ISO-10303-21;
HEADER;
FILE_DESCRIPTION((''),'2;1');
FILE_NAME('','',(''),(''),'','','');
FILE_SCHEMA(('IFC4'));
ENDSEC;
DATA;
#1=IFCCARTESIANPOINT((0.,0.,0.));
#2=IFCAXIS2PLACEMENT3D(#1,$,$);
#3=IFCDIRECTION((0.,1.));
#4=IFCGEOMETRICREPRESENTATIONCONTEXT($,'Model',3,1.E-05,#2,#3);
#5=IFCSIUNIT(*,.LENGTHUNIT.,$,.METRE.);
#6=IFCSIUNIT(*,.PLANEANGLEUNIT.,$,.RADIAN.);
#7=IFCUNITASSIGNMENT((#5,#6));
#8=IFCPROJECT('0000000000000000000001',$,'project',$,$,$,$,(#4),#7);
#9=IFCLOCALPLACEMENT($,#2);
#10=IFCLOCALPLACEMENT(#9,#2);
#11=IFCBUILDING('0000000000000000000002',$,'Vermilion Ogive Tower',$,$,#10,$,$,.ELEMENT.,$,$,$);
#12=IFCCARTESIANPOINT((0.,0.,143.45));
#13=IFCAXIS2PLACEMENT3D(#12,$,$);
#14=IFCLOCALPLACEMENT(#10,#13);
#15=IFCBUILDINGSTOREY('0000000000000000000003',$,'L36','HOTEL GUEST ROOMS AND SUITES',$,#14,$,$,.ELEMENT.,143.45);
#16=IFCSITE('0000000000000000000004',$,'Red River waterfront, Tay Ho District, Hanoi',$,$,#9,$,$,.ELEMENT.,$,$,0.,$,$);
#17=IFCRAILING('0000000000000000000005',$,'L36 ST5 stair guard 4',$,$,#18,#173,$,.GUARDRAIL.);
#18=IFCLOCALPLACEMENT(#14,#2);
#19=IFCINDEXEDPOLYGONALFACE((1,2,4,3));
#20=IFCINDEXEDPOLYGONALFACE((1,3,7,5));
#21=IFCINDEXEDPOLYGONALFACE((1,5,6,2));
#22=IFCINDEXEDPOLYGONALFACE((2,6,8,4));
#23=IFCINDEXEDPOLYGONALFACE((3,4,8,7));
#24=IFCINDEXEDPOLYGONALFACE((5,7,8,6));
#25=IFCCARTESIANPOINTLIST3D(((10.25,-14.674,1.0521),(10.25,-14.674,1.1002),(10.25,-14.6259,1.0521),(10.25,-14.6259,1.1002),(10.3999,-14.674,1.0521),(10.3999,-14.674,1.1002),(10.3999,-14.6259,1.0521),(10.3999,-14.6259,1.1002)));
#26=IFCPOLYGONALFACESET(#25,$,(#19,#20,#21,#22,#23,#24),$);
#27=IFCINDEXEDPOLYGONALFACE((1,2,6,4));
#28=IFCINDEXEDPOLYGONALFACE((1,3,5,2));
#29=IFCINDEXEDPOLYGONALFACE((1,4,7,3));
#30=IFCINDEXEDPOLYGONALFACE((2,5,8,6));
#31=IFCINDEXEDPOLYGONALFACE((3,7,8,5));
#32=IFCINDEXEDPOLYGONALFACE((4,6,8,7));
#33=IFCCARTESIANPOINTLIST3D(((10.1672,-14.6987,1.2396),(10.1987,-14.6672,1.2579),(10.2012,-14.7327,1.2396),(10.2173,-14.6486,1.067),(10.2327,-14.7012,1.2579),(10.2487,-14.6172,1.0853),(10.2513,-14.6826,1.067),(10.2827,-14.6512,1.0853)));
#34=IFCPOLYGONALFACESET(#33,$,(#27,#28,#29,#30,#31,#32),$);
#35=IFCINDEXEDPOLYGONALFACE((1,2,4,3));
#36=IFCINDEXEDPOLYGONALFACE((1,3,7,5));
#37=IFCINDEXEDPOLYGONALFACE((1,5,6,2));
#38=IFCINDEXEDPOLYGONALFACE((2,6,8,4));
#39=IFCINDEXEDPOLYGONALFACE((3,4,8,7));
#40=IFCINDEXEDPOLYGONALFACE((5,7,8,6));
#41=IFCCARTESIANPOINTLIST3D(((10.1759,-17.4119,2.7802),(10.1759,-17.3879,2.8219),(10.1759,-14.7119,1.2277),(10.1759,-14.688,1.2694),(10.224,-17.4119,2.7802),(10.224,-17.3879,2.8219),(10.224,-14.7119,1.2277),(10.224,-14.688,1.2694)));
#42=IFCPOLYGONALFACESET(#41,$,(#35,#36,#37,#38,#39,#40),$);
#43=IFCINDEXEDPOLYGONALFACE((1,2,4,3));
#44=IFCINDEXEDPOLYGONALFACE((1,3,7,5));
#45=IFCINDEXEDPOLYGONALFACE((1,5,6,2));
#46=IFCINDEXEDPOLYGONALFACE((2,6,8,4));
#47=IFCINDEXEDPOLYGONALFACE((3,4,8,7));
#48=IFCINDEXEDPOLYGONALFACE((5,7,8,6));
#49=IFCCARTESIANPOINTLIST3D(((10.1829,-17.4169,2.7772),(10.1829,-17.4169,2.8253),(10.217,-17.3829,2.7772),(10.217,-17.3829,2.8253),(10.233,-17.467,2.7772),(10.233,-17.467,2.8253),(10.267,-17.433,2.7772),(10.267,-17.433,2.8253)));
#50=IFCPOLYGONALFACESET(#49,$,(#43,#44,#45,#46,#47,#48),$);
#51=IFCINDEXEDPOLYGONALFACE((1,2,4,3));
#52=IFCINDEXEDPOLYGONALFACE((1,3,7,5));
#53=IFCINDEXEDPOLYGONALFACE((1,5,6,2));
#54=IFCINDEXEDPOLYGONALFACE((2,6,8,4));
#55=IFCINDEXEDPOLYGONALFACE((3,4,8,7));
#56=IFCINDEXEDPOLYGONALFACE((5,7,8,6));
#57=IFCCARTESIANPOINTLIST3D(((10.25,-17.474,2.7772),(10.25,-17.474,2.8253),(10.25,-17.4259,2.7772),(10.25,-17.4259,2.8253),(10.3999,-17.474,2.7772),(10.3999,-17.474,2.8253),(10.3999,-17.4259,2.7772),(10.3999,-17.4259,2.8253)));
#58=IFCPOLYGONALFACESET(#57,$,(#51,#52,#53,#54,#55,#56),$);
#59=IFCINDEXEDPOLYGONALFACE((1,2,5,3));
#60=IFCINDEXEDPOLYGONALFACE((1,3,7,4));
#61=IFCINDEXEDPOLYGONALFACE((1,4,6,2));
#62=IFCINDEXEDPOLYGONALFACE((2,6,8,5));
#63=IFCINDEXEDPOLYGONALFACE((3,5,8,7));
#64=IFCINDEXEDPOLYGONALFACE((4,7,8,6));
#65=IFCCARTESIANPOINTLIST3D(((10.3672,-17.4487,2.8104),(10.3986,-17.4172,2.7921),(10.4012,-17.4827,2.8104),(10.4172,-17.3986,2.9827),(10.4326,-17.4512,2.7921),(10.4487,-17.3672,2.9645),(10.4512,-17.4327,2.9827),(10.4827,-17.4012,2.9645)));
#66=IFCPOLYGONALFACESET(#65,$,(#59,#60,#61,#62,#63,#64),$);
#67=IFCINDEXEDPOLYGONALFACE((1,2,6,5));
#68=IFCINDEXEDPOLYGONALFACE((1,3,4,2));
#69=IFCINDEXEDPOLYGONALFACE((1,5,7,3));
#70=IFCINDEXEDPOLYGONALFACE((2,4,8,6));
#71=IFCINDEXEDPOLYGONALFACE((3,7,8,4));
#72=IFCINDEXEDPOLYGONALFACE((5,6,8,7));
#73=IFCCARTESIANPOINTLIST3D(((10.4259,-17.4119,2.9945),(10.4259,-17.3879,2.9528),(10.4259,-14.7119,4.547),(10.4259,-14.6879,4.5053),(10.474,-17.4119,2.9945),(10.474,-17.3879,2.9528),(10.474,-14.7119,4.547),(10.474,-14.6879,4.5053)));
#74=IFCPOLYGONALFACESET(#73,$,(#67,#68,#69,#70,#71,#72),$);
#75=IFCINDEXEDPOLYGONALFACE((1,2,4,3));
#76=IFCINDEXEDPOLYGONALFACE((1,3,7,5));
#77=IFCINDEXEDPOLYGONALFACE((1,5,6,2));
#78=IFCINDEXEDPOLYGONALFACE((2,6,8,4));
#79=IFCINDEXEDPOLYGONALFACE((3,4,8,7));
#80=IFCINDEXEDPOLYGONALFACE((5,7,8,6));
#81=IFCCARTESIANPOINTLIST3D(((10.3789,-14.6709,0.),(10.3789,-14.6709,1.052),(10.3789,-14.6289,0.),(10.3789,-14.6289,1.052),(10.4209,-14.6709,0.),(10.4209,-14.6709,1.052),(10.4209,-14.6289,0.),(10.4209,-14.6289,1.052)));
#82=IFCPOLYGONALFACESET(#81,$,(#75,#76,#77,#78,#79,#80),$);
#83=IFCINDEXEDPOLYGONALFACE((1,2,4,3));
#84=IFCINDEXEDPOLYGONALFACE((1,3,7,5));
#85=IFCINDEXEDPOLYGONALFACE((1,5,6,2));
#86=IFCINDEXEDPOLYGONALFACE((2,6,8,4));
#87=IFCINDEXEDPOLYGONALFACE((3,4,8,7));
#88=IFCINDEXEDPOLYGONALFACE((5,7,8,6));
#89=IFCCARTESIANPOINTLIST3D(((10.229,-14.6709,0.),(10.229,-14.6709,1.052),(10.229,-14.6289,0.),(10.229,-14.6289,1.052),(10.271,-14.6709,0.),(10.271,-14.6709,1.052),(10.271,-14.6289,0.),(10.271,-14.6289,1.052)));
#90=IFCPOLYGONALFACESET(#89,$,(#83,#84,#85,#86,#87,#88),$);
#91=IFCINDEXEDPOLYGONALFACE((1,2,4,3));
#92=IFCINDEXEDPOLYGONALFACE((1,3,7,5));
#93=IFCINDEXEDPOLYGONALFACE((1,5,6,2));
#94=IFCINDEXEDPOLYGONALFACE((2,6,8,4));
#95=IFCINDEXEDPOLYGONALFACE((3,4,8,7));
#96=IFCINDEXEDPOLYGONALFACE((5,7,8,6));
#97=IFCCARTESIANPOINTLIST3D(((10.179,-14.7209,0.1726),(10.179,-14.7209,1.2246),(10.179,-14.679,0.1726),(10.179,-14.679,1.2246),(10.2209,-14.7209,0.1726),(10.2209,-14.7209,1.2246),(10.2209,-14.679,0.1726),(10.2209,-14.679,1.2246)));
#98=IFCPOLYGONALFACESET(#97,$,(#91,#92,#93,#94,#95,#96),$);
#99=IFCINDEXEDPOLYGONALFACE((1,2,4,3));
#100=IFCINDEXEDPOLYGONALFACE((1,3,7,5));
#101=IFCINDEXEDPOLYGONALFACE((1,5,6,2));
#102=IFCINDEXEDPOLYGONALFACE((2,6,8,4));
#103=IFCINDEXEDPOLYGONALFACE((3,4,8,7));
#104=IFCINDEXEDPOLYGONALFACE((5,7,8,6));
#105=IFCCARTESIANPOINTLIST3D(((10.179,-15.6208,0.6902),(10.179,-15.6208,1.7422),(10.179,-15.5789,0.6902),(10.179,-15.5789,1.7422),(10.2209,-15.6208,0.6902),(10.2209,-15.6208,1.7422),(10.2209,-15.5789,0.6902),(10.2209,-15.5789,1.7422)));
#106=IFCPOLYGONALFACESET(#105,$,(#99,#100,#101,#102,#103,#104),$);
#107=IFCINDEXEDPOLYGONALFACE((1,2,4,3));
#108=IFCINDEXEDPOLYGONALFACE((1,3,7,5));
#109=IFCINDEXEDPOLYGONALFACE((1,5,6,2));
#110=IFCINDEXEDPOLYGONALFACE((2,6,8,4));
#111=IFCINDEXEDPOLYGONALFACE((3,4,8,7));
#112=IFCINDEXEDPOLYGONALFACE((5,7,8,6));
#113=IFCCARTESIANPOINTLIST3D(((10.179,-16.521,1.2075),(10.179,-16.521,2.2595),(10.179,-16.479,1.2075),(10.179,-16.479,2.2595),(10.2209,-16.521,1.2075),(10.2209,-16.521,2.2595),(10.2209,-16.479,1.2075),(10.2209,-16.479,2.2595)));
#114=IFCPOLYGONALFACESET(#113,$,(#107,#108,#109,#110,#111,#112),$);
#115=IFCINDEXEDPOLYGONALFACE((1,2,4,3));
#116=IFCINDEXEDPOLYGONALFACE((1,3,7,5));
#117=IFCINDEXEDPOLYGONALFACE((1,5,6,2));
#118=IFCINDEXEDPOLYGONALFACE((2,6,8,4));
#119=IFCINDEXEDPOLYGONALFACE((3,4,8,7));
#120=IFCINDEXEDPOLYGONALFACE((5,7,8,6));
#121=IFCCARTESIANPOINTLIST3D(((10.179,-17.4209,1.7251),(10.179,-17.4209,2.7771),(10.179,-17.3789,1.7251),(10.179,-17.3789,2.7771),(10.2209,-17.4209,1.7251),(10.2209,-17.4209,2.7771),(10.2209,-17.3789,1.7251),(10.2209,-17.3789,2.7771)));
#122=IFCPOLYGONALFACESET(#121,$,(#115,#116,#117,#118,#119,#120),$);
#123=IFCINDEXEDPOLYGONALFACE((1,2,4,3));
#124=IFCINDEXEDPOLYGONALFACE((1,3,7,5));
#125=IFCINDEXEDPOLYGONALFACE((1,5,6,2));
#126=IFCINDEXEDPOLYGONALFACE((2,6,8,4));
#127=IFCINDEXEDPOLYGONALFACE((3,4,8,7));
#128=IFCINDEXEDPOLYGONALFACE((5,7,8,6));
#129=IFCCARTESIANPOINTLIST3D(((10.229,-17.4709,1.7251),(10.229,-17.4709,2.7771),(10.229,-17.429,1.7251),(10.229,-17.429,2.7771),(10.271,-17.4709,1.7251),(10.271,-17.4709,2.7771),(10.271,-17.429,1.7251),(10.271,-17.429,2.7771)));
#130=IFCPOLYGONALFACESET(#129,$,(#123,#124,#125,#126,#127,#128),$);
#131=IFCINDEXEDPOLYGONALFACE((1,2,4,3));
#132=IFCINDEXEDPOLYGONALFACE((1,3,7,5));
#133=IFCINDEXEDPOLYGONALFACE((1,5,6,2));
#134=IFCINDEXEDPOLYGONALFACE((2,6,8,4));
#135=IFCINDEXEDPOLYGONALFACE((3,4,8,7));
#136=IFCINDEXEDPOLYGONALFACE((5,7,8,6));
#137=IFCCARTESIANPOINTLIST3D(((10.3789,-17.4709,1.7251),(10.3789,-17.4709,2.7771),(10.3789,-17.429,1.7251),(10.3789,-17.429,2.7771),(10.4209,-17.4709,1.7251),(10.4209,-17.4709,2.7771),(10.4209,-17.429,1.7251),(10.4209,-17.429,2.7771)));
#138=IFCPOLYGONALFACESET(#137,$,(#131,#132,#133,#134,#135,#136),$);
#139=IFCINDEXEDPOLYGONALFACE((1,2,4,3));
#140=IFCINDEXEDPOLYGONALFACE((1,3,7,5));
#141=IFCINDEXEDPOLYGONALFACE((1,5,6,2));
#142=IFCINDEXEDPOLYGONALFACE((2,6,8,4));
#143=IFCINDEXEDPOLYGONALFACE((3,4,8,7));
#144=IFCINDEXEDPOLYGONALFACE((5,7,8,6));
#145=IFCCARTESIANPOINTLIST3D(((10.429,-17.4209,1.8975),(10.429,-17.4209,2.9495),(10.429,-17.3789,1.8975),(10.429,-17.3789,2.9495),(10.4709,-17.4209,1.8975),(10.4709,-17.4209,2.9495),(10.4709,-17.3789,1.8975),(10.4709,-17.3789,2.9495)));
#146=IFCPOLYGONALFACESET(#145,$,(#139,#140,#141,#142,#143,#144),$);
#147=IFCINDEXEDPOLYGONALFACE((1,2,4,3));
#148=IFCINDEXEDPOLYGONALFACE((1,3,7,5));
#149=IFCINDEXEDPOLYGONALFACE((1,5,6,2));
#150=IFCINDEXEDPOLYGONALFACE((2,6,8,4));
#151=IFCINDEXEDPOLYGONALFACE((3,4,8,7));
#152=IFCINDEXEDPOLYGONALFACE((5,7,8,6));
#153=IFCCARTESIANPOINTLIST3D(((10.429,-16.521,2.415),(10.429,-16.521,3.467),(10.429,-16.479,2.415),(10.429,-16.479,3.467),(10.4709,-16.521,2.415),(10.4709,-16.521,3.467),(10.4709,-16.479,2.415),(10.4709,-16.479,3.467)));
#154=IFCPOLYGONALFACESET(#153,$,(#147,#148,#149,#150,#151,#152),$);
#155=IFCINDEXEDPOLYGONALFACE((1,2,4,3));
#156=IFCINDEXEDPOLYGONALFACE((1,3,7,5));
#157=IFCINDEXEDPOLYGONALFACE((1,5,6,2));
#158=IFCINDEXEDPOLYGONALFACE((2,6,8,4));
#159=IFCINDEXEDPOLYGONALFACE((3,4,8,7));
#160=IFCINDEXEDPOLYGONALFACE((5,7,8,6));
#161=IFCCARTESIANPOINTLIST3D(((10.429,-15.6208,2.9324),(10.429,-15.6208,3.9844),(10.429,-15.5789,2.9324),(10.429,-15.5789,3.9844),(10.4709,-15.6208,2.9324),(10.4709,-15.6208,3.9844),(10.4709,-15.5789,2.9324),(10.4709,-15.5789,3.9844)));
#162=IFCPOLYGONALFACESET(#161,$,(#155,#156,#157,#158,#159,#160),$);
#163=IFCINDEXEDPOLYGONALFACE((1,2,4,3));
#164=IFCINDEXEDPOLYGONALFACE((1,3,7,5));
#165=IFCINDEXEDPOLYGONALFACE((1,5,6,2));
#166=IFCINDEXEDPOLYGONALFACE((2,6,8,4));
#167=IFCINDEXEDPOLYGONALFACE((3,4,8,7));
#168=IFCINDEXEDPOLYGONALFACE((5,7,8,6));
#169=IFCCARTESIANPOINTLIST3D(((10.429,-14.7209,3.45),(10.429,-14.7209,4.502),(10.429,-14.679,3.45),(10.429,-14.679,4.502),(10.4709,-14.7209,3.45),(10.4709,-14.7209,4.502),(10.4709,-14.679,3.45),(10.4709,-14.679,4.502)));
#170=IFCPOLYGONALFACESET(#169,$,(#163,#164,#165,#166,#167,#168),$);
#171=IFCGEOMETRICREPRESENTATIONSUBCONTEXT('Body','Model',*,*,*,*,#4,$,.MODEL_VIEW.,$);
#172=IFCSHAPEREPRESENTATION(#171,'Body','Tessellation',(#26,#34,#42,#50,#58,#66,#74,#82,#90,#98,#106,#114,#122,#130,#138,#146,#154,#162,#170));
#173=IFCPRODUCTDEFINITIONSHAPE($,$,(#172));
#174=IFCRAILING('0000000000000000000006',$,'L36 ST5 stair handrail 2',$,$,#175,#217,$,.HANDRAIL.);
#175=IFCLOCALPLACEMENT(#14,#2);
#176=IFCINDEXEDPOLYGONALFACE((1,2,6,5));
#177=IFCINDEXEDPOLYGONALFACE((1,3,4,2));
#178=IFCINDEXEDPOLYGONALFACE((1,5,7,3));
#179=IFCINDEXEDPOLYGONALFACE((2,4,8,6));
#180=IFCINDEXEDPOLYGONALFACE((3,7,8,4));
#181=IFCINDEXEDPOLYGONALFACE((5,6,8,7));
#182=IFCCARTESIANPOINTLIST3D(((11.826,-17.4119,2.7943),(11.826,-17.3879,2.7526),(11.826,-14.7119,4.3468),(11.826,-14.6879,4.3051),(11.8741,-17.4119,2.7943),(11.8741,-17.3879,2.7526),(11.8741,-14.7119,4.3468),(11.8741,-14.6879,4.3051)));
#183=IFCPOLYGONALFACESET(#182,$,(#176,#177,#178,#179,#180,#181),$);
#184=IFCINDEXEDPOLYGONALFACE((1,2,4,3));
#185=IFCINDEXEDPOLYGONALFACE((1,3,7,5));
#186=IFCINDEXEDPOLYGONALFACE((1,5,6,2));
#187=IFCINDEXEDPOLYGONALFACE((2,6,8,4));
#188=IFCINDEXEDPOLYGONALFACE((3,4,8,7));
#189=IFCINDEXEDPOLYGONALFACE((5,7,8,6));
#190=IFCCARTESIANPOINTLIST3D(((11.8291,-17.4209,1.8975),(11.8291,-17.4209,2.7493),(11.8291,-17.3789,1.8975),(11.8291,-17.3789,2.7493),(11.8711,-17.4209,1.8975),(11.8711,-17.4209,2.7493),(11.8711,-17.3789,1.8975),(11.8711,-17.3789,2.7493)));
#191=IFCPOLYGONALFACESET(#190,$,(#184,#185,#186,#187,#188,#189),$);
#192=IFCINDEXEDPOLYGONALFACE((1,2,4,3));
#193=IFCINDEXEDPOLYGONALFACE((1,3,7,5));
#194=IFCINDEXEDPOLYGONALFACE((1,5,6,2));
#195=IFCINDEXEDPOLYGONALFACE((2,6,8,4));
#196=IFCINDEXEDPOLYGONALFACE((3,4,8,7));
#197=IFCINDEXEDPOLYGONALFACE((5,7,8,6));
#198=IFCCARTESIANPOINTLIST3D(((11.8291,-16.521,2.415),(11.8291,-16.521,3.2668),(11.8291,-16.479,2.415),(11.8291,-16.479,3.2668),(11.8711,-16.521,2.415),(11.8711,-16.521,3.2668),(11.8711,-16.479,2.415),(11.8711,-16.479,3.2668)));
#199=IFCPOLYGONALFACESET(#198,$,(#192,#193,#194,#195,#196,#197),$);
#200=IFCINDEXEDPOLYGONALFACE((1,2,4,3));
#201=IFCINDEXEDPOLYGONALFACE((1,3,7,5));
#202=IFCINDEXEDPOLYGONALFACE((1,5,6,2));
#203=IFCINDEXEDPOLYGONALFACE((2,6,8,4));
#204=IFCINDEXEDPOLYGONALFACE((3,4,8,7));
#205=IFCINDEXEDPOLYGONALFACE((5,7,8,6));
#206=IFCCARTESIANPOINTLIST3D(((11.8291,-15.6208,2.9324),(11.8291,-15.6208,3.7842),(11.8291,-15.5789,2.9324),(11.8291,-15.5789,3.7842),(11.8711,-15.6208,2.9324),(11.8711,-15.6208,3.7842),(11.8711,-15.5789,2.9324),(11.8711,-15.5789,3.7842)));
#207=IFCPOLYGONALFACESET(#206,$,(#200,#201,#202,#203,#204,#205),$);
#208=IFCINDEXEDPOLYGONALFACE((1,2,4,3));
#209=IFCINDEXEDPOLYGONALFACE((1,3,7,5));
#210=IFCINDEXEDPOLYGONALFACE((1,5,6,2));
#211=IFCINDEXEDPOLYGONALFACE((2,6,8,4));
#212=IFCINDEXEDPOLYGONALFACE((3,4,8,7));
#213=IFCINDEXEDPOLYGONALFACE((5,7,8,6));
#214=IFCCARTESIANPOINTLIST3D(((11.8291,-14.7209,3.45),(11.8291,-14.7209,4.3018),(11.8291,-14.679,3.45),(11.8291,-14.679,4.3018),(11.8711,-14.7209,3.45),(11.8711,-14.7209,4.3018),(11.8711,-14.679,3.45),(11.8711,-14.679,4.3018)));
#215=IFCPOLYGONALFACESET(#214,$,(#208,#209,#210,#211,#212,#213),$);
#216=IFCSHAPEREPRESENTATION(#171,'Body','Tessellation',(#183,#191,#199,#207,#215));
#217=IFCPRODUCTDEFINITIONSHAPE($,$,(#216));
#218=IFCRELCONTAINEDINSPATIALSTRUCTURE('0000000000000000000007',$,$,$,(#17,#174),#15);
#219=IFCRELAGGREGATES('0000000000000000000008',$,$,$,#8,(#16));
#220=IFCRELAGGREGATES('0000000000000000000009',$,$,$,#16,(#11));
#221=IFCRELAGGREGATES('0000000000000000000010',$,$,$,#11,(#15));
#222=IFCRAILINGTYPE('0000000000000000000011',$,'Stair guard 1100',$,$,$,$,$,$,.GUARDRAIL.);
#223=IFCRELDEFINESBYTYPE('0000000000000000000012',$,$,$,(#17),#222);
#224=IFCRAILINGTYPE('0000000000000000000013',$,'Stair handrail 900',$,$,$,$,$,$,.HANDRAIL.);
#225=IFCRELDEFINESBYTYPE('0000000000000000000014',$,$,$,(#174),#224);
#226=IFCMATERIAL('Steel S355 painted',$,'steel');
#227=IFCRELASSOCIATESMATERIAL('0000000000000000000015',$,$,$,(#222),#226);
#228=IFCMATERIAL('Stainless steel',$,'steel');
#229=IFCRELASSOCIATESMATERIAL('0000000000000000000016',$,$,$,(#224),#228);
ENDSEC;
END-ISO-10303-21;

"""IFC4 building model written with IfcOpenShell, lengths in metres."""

from ifc_helpers import new_model, si_unit, direction, frame, origin, origin_2d, place, context, subcontext, project, spatial, rectangle, extrude, material, type_object, element, save


model = new_model("IFC4")

# Units and contexts
model_context = context("Model", 3, precision=1e-05, world=origin(), true_north=direction((0.0, 1.0)))
body_context = subcontext(model_context, "Body", "Model", "MODEL_VIEW")
ifc_project = project(units=[si_unit("LENGTHUNIT", "METRE"), si_unit("PLANEANGLEUNIT", "RADIAN")], contexts=[model_context])

# Site, building, storey
site_placement = place(None, origin())
site = spatial("IfcSite", under=ifc_project, at=site_placement, Name="Red River waterfront, Tay Ho District, Hanoi", CompositionType="ELEMENT", RefElevation=0.0)
building_placement = place(site_placement, origin())
building = spatial("IfcBuilding", under=site, at=building_placement, Name="Vermilion Ogive Tower", CompositionType="ELEMENT")
storey_placement = place(building_placement, frame((0.0, 0.0, 143.45)))
storey = spatial("IfcBuildingStorey", under=building, at=storey_placement, Name="L36", Description="HOTEL GUEST ROOMS AND SUITES", CompositionType="ELEMENT", Elevation=143.45)

# Railings
ifc_material_1 = material(Name="Steel S355 painted", Category="steel")
railing_type_1 = type_object("IfcRailingType", Name="Stair guard 1100", PredefinedType="GUARDRAIL", material=ifc_material_1)
railing_1_placement = place(storey_placement, frame((10.3999, -14.6499, 0.0)))
element("IfcRailing", 1, at=railing_1_placement, inside=storey, type_object=railing_type_1, Name="L36 ST5 stair guard 4", PredefinedType="GUARDRAIL", context=body_context, shape_type="SweptSolid", body=[
    extrude(rectangle(XDim=0.0481, YDim=0.0481, at=origin_2d()), frame((0.0, 0.0, 1.0762), z_axis=(-1.0, 0.0, 0.0), x_axis=(0.0, -1.0, 0.0)), (0.0, 0.0, 1.0), 0.1499),
    extrude(rectangle(XDim=0.0481, YDim=0.0481, at=origin_2d()), frame((-0.1499, 0.0, 1.0762), z_axis=(-0.268278, -0.268278, 0.925232), x_axis=(0.707107, -0.707107, 0.0)), (0.0, 0.0, 1.0), 0.1865),
    extrude(rectangle(XDim=0.0481, YDim=0.0481, at=origin_2d()), frame((-0.2, -0.05, 1.2485), z_axis=(0.0, -0.866904, 0.498476), x_axis=(1.0, 0.0, 0.0)), (0.0, 0.0, 1.0), 3.1145),
    extrude(rectangle(XDim=0.0481, YDim=0.0481, at=origin_2d()), frame((-0.2, -2.75, 2.8013), z_axis=(0.707107, -0.707107, 0.0), x_axis=(0.707107, 0.707107, 0.0)), (0.0, 0.0, 1.0), 0.0708),
    extrude(rectangle(XDim=0.0481, YDim=0.0481, at=origin_2d()), frame((-0.1499, -2.8, 2.8013), z_axis=(1.0, 0.0, 0.0), x_axis=(0.0, 1.0, 0.0)), (0.0, 0.0, 1.0), 0.1499),
    extrude(rectangle(XDim=0.0481, YDim=0.0481, at=origin_2d()), frame((0.0, -2.8, 2.8013), z_axis=(0.268603, 0.268603, 0.925043), x_axis=(-0.707107, 0.707107, 0.0)), (0.0, 0.0, 1.0), 0.1863),
    extrude(rectangle(XDim=0.0481, YDim=0.0481, at=origin_2d()), frame((0.05, -2.75, 2.9736), z_axis=(0.0, 0.866904, 0.498476), x_axis=(-1.0, 0.0, 0.0)), (0.0, 0.0, 1.0), 3.1145),
    extrude(rectangle(XDim=0.042, YDim=0.042, at=origin_2d()), origin(), (0.0, 0.0, 1.0), 1.052),
    extrude(rectangle(XDim=0.042, YDim=0.042, at=origin_2d()), frame((-0.1499, 0.0, 0.0)), (0.0, 0.0, 1.0), 1.052),
    extrude(rectangle(XDim=0.042, YDim=0.042, at=origin_2d()), frame((-0.2, -0.05, 0.1726)), (0.0, 0.0, 1.0), 1.052),
    extrude(rectangle(XDim=0.042, YDim=0.042, at=origin_2d()), frame((-0.2, -0.95, 0.6902)), (0.0, 0.0, 1.0), 1.052),
    extrude(rectangle(XDim=0.042, YDim=0.042, at=origin_2d()), frame((-0.2, -1.8501, 1.2075)), (0.0, 0.0, 1.0), 1.052),
    extrude(rectangle(XDim=0.042, YDim=0.042, at=origin_2d()), frame((-0.2, -2.75, 1.7251)), (0.0, 0.0, 1.0), 1.052),
    extrude(rectangle(XDim=0.042, YDim=0.042, at=origin_2d()), frame((-0.1499, -2.8, 1.7251)), (0.0, 0.0, 1.0), 1.052),
    extrude(rectangle(XDim=0.042, YDim=0.042, at=origin_2d()), frame((0.0, -2.8, 1.7251)), (0.0, 0.0, 1.0), 1.052),
    extrude(rectangle(XDim=0.042, YDim=0.042, at=origin_2d()), frame((0.05, -2.75, 1.8975)), (0.0, 0.0, 1.0), 1.052),
    extrude(rectangle(XDim=0.042, YDim=0.042, at=origin_2d()), frame((0.05, -1.8501, 2.415)), (0.0, 0.0, 1.0), 1.052),
    extrude(rectangle(XDim=0.042, YDim=0.042, at=origin_2d()), frame((0.05, -0.95, 2.9324)), (0.0, 0.0, 1.0), 1.052),
    extrude(rectangle(XDim=0.042, YDim=0.042, at=origin_2d()), frame((0.05, -0.05, 3.45)), (0.0, 0.0, 1.0), 1.052),
])
ifc_material_2 = material(Name="Stainless steel", Category="steel")
railing_type_2 = type_object("IfcRailingType", Name="Stair handrail 900", PredefinedType="HANDRAIL", material=ifc_material_2)
railing_2_placement = place(storey_placement, frame((11.8501, -17.3999, 1.8975)))
element("IfcRailing", 2, at=railing_2_placement, inside=storey, type_object=railing_type_2, Name="L36 ST5 stair handrail 2", PredefinedType="HANDRAIL", context=body_context, shape_type="SweptSolid", body=[
    extrude(rectangle(XDim=0.0481, YDim=0.0481, at=origin_2d()), frame((0.0, 0.0, 0.876), z_axis=(0.0, 0.866904, 0.498476), x_axis=(-1.0, 0.0, 0.0)), (0.0, 0.0, 1.0), 3.1145),
    extrude(rectangle(XDim=0.042, YDim=0.042, at=origin_2d()), origin(), (0.0, 0.0, 1.0), 0.8518),
    extrude(rectangle(XDim=0.042, YDim=0.042, at=origin_2d()), frame((0.0, 0.8999, 0.5176)), (0.0, 0.0, 1.0), 0.8518),
    extrude(rectangle(XDim=0.042, YDim=0.042, at=origin_2d()), frame((0.0, 1.8, 1.0349)), (0.0, 0.0, 1.0), 0.8518),
    extrude(rectangle(XDim=0.042, YDim=0.042, at=origin_2d()), frame((0.0, 2.7, 1.5525)), (0.0, 0.0, 1.0), 0.8518),
])

save(model, "model.ifc")
